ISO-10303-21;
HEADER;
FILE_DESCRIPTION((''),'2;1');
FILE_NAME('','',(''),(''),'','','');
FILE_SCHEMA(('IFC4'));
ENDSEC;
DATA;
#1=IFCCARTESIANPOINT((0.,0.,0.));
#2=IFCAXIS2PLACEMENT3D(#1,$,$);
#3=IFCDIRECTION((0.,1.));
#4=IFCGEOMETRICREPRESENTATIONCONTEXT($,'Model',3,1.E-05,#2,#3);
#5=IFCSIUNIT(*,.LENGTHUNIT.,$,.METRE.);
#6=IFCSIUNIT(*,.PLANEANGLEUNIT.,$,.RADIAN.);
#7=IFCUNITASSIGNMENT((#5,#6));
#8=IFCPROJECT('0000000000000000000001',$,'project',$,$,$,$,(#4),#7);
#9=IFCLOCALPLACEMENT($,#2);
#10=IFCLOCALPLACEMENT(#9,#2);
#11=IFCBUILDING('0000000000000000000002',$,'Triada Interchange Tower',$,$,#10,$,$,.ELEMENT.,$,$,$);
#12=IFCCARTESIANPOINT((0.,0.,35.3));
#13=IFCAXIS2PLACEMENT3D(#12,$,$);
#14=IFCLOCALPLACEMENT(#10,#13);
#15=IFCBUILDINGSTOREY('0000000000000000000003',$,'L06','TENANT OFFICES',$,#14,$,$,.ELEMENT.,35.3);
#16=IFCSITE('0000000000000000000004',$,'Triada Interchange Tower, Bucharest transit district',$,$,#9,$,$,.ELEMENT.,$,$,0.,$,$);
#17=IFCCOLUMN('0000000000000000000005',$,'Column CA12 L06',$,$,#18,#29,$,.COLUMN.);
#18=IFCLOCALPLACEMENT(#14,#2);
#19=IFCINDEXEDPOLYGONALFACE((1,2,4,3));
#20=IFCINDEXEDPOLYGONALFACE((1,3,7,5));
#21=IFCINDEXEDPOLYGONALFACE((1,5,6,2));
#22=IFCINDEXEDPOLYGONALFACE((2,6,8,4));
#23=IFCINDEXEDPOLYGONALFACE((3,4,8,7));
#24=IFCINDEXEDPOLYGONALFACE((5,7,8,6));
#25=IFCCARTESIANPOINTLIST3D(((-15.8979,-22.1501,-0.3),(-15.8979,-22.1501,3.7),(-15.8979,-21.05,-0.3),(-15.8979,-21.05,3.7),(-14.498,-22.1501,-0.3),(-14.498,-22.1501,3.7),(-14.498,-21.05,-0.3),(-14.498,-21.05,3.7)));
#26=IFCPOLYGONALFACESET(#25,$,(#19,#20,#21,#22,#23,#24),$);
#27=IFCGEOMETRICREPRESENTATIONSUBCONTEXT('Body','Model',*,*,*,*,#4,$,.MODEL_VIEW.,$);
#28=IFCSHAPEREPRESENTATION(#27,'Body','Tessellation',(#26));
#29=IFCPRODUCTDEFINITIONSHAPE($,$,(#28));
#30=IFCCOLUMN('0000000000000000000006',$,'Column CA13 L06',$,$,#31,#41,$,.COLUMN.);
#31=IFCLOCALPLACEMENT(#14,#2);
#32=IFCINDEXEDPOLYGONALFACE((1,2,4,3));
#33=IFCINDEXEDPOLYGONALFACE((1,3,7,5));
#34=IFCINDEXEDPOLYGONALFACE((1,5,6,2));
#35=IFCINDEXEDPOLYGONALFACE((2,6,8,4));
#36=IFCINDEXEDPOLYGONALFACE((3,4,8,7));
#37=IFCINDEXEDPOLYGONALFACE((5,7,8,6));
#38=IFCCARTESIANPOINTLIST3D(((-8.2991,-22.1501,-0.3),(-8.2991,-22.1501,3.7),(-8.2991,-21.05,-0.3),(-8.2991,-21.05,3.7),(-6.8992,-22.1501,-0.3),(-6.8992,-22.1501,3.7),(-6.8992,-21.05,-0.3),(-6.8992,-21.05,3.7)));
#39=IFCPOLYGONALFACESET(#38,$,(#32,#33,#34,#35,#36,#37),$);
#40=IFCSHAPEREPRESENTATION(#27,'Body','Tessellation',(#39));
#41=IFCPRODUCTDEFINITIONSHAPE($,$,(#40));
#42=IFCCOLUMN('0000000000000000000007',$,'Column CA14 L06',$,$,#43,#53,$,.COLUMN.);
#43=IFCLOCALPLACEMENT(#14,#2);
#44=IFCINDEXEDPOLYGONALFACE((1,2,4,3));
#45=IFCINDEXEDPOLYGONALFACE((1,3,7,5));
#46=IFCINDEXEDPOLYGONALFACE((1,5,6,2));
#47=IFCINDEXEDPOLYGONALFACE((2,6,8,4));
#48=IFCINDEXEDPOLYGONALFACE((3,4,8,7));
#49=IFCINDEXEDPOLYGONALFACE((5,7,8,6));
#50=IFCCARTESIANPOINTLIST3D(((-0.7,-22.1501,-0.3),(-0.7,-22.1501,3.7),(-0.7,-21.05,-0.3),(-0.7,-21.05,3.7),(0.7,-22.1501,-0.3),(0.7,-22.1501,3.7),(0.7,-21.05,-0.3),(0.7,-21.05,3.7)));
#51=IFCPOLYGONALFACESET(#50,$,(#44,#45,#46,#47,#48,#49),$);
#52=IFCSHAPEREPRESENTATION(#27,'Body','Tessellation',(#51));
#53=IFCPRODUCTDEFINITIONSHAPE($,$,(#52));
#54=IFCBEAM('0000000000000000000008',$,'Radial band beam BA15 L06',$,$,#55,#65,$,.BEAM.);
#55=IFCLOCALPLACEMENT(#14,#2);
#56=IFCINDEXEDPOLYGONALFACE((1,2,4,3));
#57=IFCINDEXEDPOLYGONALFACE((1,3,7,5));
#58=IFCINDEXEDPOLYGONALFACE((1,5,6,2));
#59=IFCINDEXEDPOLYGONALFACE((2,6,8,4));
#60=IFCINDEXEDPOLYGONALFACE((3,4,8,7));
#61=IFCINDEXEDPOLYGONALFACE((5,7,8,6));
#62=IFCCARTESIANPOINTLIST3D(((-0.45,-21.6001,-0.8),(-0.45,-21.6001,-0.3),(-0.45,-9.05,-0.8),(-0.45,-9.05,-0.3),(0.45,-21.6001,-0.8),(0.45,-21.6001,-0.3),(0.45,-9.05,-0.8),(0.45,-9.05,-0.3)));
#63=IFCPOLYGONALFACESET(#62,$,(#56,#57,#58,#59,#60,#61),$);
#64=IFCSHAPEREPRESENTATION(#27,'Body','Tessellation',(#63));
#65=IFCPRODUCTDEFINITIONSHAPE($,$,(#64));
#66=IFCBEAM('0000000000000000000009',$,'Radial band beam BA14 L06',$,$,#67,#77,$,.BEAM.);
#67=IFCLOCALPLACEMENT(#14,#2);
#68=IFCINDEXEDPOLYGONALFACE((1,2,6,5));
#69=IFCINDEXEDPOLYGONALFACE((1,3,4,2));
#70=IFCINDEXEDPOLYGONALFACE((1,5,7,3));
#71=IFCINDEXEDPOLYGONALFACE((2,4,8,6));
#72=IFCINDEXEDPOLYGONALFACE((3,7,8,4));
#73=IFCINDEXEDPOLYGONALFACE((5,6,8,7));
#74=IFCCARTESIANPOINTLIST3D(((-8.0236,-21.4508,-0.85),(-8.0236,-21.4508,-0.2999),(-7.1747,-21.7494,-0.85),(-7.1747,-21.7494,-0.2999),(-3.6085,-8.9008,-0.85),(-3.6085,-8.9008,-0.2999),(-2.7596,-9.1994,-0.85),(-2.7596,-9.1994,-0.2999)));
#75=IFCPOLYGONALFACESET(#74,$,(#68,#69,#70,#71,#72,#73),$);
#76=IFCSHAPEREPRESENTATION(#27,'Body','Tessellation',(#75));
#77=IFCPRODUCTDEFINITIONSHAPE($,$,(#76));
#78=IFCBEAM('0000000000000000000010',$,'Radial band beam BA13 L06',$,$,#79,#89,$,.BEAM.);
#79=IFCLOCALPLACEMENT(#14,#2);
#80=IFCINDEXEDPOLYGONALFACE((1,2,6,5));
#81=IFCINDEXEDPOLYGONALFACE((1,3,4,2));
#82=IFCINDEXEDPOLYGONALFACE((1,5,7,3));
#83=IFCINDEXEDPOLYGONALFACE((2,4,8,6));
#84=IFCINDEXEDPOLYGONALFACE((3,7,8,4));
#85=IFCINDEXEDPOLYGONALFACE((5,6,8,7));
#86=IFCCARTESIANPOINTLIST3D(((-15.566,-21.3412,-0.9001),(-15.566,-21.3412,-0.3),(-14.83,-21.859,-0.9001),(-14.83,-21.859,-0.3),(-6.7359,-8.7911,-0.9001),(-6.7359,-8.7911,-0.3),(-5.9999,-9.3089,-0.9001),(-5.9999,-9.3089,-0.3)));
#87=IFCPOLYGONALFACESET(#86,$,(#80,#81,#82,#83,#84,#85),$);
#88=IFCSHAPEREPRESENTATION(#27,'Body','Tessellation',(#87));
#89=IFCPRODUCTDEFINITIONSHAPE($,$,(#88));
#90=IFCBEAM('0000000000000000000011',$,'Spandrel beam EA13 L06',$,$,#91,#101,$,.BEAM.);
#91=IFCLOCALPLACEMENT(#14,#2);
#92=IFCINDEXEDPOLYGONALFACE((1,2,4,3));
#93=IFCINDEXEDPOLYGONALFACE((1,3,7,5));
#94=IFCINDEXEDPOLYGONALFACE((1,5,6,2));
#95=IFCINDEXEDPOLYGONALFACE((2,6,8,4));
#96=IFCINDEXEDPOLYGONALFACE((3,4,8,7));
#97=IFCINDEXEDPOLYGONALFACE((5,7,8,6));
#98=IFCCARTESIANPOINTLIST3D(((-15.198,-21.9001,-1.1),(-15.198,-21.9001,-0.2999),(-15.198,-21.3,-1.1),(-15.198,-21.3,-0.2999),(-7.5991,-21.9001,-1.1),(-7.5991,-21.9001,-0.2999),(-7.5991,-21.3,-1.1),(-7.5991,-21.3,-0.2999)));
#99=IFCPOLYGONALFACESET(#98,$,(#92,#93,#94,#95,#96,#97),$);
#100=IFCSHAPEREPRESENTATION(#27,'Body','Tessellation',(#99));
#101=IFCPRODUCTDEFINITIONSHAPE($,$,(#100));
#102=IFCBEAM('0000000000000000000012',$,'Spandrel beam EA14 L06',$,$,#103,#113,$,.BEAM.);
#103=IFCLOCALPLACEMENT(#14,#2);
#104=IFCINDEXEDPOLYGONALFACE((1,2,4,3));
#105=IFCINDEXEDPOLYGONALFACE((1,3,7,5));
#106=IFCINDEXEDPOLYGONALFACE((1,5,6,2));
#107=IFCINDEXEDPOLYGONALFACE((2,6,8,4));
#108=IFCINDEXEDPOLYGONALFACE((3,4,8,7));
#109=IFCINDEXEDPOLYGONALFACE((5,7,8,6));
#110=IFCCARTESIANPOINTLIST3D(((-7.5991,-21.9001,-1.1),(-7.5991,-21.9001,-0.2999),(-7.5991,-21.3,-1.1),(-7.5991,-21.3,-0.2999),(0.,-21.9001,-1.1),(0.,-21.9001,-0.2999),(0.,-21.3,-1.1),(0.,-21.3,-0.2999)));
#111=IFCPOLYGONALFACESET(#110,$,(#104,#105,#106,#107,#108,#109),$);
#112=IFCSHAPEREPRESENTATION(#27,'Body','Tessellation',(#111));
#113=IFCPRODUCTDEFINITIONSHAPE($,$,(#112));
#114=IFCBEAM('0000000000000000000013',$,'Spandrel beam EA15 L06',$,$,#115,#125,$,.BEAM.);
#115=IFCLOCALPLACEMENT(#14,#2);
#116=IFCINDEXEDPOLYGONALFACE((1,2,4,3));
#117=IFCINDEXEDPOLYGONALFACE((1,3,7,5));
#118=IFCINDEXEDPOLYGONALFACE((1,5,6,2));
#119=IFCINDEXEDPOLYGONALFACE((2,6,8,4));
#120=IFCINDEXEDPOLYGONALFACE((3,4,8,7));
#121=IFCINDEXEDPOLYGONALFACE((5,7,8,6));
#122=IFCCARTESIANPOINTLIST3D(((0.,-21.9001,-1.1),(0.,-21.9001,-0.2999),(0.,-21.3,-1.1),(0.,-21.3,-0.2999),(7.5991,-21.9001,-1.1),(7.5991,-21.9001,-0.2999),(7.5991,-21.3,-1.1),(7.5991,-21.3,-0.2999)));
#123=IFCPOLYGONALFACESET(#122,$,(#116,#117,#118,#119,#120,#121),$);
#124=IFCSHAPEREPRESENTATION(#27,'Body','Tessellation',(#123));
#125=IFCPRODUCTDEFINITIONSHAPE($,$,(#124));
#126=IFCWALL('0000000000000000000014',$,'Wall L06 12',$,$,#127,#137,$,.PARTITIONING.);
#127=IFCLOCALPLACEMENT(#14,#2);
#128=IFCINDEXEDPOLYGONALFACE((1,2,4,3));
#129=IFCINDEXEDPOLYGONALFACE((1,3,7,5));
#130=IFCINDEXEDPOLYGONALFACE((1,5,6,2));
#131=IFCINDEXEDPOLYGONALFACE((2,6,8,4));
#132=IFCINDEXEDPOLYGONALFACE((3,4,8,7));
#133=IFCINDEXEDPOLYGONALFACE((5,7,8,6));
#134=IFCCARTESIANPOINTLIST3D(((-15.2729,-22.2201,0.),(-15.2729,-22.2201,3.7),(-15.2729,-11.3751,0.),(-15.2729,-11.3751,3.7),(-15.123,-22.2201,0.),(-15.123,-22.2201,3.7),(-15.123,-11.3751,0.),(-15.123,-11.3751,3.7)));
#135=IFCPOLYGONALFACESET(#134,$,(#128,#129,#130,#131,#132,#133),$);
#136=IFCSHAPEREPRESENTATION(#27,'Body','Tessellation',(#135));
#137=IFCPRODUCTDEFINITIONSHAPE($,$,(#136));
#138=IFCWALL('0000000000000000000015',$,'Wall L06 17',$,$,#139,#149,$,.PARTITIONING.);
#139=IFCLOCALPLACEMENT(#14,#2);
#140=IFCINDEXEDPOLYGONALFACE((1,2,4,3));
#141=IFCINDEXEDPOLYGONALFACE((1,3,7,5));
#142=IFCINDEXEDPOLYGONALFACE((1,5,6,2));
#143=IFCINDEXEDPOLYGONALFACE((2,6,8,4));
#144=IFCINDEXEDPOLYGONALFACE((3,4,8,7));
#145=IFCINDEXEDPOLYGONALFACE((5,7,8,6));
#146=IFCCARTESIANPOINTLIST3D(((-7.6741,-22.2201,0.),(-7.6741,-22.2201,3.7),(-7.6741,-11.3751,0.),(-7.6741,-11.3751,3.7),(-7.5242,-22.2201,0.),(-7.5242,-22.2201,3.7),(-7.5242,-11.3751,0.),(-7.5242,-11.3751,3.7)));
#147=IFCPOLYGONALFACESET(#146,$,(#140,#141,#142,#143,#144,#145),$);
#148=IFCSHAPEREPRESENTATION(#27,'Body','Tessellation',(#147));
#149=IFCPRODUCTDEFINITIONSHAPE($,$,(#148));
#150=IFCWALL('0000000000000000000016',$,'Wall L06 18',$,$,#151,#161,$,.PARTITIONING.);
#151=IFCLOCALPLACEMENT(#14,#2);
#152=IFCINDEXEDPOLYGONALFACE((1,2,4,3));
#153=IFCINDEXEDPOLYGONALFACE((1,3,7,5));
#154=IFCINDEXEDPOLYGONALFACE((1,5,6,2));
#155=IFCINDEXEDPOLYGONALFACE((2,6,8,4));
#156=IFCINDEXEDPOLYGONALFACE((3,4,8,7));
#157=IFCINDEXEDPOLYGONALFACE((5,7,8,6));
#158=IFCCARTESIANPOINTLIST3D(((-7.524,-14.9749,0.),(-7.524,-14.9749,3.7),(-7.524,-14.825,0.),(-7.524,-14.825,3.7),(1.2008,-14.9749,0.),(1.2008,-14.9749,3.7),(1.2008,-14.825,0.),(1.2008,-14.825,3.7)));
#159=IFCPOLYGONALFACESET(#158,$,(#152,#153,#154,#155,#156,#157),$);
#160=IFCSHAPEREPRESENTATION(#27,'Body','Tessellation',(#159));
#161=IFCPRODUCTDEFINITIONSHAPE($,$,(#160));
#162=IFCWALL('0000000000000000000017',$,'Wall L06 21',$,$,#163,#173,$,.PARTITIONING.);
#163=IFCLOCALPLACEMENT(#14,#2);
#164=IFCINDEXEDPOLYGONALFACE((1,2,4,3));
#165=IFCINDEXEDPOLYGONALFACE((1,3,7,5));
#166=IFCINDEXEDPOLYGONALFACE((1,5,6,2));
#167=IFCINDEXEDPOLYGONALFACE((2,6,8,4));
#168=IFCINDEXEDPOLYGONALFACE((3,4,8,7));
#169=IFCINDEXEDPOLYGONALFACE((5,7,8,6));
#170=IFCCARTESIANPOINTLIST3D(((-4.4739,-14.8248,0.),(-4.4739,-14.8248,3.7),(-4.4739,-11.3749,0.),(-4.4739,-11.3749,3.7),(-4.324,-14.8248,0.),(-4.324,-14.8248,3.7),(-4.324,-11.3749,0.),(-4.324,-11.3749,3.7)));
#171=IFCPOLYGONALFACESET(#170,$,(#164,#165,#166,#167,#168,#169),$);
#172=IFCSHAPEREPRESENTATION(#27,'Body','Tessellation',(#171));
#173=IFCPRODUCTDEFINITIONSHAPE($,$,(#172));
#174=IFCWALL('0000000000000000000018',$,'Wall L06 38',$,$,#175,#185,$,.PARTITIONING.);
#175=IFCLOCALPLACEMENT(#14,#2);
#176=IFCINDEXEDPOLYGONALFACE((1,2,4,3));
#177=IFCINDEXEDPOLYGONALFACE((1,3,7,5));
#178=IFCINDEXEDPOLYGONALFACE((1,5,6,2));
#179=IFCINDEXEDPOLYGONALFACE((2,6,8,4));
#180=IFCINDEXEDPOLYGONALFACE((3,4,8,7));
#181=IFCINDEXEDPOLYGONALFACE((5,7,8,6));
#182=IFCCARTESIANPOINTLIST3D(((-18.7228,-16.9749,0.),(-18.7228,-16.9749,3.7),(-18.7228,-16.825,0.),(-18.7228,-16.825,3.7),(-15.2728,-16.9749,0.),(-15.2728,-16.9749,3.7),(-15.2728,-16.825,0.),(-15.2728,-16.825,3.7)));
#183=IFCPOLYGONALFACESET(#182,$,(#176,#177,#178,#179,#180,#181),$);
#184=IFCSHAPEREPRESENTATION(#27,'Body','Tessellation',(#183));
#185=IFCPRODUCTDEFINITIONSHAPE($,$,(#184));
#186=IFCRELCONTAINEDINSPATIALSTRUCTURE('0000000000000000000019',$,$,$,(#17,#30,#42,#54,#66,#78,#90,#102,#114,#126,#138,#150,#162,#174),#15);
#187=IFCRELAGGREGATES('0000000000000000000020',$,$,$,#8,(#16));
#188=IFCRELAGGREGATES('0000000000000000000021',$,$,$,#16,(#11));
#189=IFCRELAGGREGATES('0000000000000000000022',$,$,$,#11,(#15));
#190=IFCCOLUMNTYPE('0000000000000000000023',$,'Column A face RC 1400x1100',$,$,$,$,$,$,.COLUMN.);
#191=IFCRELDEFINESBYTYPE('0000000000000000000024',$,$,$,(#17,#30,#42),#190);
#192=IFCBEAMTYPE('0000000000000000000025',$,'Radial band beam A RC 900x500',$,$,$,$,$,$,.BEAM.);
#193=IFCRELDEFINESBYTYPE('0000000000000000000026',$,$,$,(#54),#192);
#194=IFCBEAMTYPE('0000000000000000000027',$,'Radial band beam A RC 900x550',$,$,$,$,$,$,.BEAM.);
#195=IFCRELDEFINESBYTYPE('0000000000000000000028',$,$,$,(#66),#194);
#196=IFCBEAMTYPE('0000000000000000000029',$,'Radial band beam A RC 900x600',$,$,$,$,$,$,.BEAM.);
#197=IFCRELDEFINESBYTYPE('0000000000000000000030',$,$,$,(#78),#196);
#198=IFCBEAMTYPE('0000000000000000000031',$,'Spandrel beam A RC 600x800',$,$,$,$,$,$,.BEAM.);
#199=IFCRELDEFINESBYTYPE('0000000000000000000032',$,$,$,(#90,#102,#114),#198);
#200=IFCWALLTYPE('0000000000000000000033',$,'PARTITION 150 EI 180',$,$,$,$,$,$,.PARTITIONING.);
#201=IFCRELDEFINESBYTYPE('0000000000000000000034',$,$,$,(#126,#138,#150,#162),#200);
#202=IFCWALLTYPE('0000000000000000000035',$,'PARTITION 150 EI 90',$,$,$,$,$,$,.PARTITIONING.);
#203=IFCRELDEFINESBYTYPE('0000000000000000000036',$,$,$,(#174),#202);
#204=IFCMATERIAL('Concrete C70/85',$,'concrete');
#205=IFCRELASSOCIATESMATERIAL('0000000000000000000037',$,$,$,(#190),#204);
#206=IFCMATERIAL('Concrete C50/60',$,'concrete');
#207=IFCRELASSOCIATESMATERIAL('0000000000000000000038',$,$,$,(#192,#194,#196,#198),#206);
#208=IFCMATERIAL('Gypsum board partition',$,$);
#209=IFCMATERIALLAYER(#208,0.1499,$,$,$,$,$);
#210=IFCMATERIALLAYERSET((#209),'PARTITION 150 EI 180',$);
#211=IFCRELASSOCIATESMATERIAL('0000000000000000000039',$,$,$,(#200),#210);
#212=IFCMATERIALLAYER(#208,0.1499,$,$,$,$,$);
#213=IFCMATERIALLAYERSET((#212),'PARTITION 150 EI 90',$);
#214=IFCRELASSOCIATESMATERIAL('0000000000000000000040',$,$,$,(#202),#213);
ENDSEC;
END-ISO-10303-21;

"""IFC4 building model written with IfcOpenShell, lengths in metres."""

from ifc_helpers import new_model, si_unit, direction, frame, frame_2d, origin, origin_2d, place, context, subcontext, project, spatial, rectangle, extrude, material, layer, layer_set, material_profile, profile_set, type_object, element, save


model = new_model("IFC4")

# Units and contexts
model_context = context("Model", 3, precision=1e-05, world=origin(), true_north=direction((0.0, 1.0)))
body_context = subcontext(model_context, "Body", "Model", "MODEL_VIEW")
ifc_project = project(units=[si_unit("LENGTHUNIT", "METRE"), si_unit("PLANEANGLEUNIT", "RADIAN")], contexts=[model_context])

# Site, building, storey
site_placement = place(None, origin())
site = spatial("IfcSite", under=ifc_project, at=site_placement, Name="Triada Interchange Tower, Bucharest transit district", CompositionType="ELEMENT", RefElevation=0.0)
building_placement = place(site_placement, origin())
building = spatial("IfcBuilding", under=site, at=building_placement, Name="Triada Interchange Tower", CompositionType="ELEMENT")
storey_placement = place(building_placement, frame((0.0, 0.0, 35.3)))
storey = spatial("IfcBuildingStorey", under=building, at=storey_placement, Name="L06", Description="TENANT OFFICES", CompositionType="ELEMENT", Elevation=35.3)

# Columns
ifc_material_1 = material(Name="Concrete C70/85", Category="concrete")
ifc_material_profile_1 = material_profile(ifc_material_1, rectangle(XDim=1.3999, YDim=1.1001, at=origin_2d()), Name="RC 1400x1100")
ifc_profile_set_1 = profile_set([ifc_material_profile_1], Name="Concrete C70/85")
column_type = type_object("IfcColumnType", Name="Column A face RC 1400x1100", PredefinedType="COLUMN", material=ifc_profile_set_1)
for number, where, z_axis, x_axis, name in (
    (1, (-15.198, -21.6001, -0.3), (0.0, 0.0, 1.0), (1.0, 0.0, 0.0), "Column CA12 L06"),
    (2, (-7.5991, -21.6001, -0.3), (0.0, 0.0, 1.0), (1.0, 0.0, 0.0), "Column CA13 L06"),
    (3, (0.0, -21.6001, -0.3), (0.0, 0.0, 1.0), (1.0, 0.0, 0.0), "Column CA14 L06"),
):
    element("IfcColumn", number, at=place(storey_placement, frame(where, z_axis=z_axis, x_axis=x_axis)), inside=storey, type_object=column_type, Name=name, PredefinedType="COLUMN", context=body_context, shape_type="SweptSolid", body=[
        extrude(rectangle(XDim=1.3999, YDim=1.1001, at=origin_2d()), origin(), (0.0, 0.0, 1.0), 4.0),
    ])

# Beams
ifc_material_2 = material(Name="Concrete C50/60", Category="concrete")
ifc_material_profile_2 = material_profile(ifc_material_2, rectangle(XDim=0.8999, YDim=0.5, at=origin_2d()), Name="RC 900x500")
ifc_profile_set_2 = profile_set([ifc_material_profile_2], Name="Concrete C50/60")
beam_type_1 = type_object("IfcBeamType", Name="Radial band beam A RC 900x500", PredefinedType="BEAM", material=ifc_profile_set_2)
beam_1_placement = place(storey_placement, frame((0.0, -21.6001, -0.55), z_axis=(0.0, 1.0, 0.0), x_axis=(-1.0, 0.0, 0.0)))
element("IfcBeam", 4, at=beam_1_placement, inside=storey, type_object=beam_type_1, Name="Radial band beam BA15 L06", PredefinedType="BEAM", context=body_context, shape_type="SweptSolid", body=[
    extrude(rectangle(XDim=0.8999, YDim=0.5, at=origin_2d()), origin(), (0.0, 0.0, 1.0), 12.55),
])
ifc_material_profile_3 = material_profile(ifc_material_2, rectangle(XDim=0.8999, YDim=0.55, at=origin_2d()), Name="RC 900x550")
ifc_profile_set_3 = profile_set([ifc_material_profile_3], Name="Concrete C50/60")
beam_type_2 = type_object("IfcBeamType", Name="Radial band beam A RC 900x550", PredefinedType="BEAM", material=ifc_profile_set_3)
beam_2_placement = place(storey_placement, frame((-7.5991, -21.6001, -0.575), z_axis=(0.331858, 0.943329, 0.0), x_axis=(-0.943329, 0.331858, 0.0)))
element("IfcBeam", 5, at=beam_2_placement, inside=storey, type_object=beam_type_2, Name="Radial band beam BA14 L06", PredefinedType="BEAM", context=body_context, shape_type="SweptSolid", body=[
    extrude(rectangle(XDim=0.8999, YDim=0.55, at=origin_2d()), origin(), (0.0, 0.0, 1.0), 13.304),
])
ifc_material_profile_4 = material_profile(ifc_material_2, rectangle(XDim=0.8999, YDim=0.6001, at=origin_2d()), Name="RC 900x600")
ifc_profile_set_4 = profile_set([ifc_material_profile_4], Name="Concrete C50/60")
beam_type_3 = type_object("IfcBeamType", Name="Radial band beam A RC 900x600", PredefinedType="BEAM", material=ifc_profile_set_4)
beam_3_placement = place(storey_placement, frame((-15.198, -21.6001, -0.6001), z_axis=(0.575431, 0.817851, 0.0), x_axis=(-0.817851, 0.575431, 0.0)))
element("IfcBeam", 6, at=beam_3_placement, inside=storey, type_object=beam_type_3, Name="Radial band beam BA13 L06", PredefinedType="BEAM", context=body_context, shape_type="SweptSolid", body=[
    extrude(rectangle(XDim=0.8999, YDim=0.6001, at=origin_2d()), origin(), (0.0, 0.0, 1.0), 15.3452),
])
ifc_material_profile_5 = material_profile(ifc_material_2, rectangle(XDim=0.6001, YDim=0.8, at=origin_2d()), Name="RC 600x800")
ifc_profile_set_5 = profile_set([ifc_material_profile_5], Name="Concrete C50/60")
beam_type_4 = type_object("IfcBeamType", Name="Spandrel beam A RC 600x800", PredefinedType="BEAM", material=ifc_profile_set_5)
beam_4_placement = place(storey_placement, frame((-15.198, -21.6001, -0.7), z_axis=(1.0, 0.0, 0.0), x_axis=(0.0, 1.0, 0.0)))
element("IfcBeam", 7, at=beam_4_placement, inside=storey, type_object=beam_type_4, Name="Spandrel beam EA13 L06", PredefinedType="BEAM", context=body_context, shape_type="SweptSolid", body=[
    extrude(rectangle(XDim=0.6001, YDim=0.8, at=origin_2d()), origin(), (0.0, 0.0, 1.0), 7.5989),
])
for number, where, z_axis, x_axis, name in (
    (8, (-7.5991, -21.6001, -0.7), (1.0, 0.0, 0.0), (0.0, 1.0, 0.0), "Spandrel beam EA14 L06"),
    (9, (0.0, -21.6001, -0.7), (1.0, 0.0, 0.0), (0.0, 1.0, 0.0), "Spandrel beam EA15 L06"),
):
    element("IfcBeam", number, at=place(storey_placement, frame(where, z_axis=z_axis, x_axis=x_axis)), inside=storey, type_object=beam_type_4, Name=name, PredefinedType="BEAM", context=body_context, shape_type="SweptSolid", body=[
        extrude(rectangle(XDim=0.6001, YDim=0.8, at=origin_2d()), origin(), (0.0, 0.0, 1.0), 7.5991),
    ])

# Walls
ifc_material_3 = material(Name="Gypsum board partition")
ifc_layer_1 = layer(ifc_material_3, 0.1499)
ifc_layer_set_1 = layer_set([ifc_layer_1], Name="PARTITION 150 EI 180")
wall_type_1 = type_object("IfcWallType", Name="PARTITION 150 EI 180", PredefinedType="PARTITIONING", material=ifc_layer_set_1)
for number, where, z_axis, x_axis, name in (
    (10, (-15.198, -22.22, 0.0), (0.0, 0.0, 1.0), (0.0, 1.0, 0.0), "Wall L06 12"),
    (11, (-7.5991, -22.22, 0.0), (0.0, 0.0, 1.0), (0.0, 1.0, 0.0), "Wall L06 17"),
):
    element("IfcWall", number, at=place(storey_placement, frame(where, z_axis=z_axis, x_axis=x_axis)), inside=storey, type_object=wall_type_1, Name=name, PredefinedType="PARTITIONING", context=body_context, shape_type="SweptSolid", body=[
        extrude(rectangle(XDim=10.845, YDim=0.1499, at=frame_2d((5.4224, 0.0))), origin(), (0.0, 0.0, 1.0), 3.7),
    ])
wall_1_placement = place(storey_placement, frame((-7.5239, -14.8999, 0.0), z_axis=(0.0, 0.0, 1.0), x_axis=(1.0, 0.0, 0.0)))
element("IfcWall", 12, at=wall_1_placement, inside=storey, type_object=wall_type_1, Name="Wall L06 18", PredefinedType="PARTITIONING", context=body_context, shape_type="SweptSolid", body=[
    extrude(rectangle(XDim=8.7249, YDim=0.1499, at=frame_2d((4.3623, 0.0))), origin(), (0.0, 0.0, 1.0), 3.7),
])
wall_2_placement = place(storey_placement, frame((-4.3989, -14.825, 0.0), z_axis=(0.0, 0.0, 1.0), x_axis=(0.0, 1.0, 0.0)))
element("IfcWall", 13, at=wall_2_placement, inside=storey, type_object=wall_type_1, Name="Wall L06 21", PredefinedType="PARTITIONING", context=body_context, shape_type="SweptSolid", body=[
    extrude(rectangle(XDim=3.45, YDim=0.1499, at=frame_2d((1.7251, 0.0))), origin(), (0.0, 0.0, 1.0), 3.7),
])
ifc_layer_2 = layer(ifc_material_3, 0.1499)
ifc_layer_set_2 = layer_set([ifc_layer_2], Name="PARTITION 150 EI 90")
wall_type_2 = type_object("IfcWallType", Name="PARTITION 150 EI 90", PredefinedType="PARTITIONING", material=ifc_layer_set_2)
wall_3_placement = place(storey_placement, frame((-18.7229, -16.8999, 0.0), z_axis=(0.0, 0.0, 1.0), x_axis=(1.0, 0.0, 0.0)))
element("IfcWall", 14, at=wall_3_placement, inside=storey, type_object=wall_type_2, Name="Wall L06 38", PredefinedType="PARTITIONING", context=body_context, shape_type="SweptSolid", body=[
    extrude(rectangle(XDim=3.45, YDim=0.1499, at=frame_2d((1.7251, 0.0))), origin(), (0.0, 0.0, 1.0), 3.7),
])

save(model, "model.ifc")
